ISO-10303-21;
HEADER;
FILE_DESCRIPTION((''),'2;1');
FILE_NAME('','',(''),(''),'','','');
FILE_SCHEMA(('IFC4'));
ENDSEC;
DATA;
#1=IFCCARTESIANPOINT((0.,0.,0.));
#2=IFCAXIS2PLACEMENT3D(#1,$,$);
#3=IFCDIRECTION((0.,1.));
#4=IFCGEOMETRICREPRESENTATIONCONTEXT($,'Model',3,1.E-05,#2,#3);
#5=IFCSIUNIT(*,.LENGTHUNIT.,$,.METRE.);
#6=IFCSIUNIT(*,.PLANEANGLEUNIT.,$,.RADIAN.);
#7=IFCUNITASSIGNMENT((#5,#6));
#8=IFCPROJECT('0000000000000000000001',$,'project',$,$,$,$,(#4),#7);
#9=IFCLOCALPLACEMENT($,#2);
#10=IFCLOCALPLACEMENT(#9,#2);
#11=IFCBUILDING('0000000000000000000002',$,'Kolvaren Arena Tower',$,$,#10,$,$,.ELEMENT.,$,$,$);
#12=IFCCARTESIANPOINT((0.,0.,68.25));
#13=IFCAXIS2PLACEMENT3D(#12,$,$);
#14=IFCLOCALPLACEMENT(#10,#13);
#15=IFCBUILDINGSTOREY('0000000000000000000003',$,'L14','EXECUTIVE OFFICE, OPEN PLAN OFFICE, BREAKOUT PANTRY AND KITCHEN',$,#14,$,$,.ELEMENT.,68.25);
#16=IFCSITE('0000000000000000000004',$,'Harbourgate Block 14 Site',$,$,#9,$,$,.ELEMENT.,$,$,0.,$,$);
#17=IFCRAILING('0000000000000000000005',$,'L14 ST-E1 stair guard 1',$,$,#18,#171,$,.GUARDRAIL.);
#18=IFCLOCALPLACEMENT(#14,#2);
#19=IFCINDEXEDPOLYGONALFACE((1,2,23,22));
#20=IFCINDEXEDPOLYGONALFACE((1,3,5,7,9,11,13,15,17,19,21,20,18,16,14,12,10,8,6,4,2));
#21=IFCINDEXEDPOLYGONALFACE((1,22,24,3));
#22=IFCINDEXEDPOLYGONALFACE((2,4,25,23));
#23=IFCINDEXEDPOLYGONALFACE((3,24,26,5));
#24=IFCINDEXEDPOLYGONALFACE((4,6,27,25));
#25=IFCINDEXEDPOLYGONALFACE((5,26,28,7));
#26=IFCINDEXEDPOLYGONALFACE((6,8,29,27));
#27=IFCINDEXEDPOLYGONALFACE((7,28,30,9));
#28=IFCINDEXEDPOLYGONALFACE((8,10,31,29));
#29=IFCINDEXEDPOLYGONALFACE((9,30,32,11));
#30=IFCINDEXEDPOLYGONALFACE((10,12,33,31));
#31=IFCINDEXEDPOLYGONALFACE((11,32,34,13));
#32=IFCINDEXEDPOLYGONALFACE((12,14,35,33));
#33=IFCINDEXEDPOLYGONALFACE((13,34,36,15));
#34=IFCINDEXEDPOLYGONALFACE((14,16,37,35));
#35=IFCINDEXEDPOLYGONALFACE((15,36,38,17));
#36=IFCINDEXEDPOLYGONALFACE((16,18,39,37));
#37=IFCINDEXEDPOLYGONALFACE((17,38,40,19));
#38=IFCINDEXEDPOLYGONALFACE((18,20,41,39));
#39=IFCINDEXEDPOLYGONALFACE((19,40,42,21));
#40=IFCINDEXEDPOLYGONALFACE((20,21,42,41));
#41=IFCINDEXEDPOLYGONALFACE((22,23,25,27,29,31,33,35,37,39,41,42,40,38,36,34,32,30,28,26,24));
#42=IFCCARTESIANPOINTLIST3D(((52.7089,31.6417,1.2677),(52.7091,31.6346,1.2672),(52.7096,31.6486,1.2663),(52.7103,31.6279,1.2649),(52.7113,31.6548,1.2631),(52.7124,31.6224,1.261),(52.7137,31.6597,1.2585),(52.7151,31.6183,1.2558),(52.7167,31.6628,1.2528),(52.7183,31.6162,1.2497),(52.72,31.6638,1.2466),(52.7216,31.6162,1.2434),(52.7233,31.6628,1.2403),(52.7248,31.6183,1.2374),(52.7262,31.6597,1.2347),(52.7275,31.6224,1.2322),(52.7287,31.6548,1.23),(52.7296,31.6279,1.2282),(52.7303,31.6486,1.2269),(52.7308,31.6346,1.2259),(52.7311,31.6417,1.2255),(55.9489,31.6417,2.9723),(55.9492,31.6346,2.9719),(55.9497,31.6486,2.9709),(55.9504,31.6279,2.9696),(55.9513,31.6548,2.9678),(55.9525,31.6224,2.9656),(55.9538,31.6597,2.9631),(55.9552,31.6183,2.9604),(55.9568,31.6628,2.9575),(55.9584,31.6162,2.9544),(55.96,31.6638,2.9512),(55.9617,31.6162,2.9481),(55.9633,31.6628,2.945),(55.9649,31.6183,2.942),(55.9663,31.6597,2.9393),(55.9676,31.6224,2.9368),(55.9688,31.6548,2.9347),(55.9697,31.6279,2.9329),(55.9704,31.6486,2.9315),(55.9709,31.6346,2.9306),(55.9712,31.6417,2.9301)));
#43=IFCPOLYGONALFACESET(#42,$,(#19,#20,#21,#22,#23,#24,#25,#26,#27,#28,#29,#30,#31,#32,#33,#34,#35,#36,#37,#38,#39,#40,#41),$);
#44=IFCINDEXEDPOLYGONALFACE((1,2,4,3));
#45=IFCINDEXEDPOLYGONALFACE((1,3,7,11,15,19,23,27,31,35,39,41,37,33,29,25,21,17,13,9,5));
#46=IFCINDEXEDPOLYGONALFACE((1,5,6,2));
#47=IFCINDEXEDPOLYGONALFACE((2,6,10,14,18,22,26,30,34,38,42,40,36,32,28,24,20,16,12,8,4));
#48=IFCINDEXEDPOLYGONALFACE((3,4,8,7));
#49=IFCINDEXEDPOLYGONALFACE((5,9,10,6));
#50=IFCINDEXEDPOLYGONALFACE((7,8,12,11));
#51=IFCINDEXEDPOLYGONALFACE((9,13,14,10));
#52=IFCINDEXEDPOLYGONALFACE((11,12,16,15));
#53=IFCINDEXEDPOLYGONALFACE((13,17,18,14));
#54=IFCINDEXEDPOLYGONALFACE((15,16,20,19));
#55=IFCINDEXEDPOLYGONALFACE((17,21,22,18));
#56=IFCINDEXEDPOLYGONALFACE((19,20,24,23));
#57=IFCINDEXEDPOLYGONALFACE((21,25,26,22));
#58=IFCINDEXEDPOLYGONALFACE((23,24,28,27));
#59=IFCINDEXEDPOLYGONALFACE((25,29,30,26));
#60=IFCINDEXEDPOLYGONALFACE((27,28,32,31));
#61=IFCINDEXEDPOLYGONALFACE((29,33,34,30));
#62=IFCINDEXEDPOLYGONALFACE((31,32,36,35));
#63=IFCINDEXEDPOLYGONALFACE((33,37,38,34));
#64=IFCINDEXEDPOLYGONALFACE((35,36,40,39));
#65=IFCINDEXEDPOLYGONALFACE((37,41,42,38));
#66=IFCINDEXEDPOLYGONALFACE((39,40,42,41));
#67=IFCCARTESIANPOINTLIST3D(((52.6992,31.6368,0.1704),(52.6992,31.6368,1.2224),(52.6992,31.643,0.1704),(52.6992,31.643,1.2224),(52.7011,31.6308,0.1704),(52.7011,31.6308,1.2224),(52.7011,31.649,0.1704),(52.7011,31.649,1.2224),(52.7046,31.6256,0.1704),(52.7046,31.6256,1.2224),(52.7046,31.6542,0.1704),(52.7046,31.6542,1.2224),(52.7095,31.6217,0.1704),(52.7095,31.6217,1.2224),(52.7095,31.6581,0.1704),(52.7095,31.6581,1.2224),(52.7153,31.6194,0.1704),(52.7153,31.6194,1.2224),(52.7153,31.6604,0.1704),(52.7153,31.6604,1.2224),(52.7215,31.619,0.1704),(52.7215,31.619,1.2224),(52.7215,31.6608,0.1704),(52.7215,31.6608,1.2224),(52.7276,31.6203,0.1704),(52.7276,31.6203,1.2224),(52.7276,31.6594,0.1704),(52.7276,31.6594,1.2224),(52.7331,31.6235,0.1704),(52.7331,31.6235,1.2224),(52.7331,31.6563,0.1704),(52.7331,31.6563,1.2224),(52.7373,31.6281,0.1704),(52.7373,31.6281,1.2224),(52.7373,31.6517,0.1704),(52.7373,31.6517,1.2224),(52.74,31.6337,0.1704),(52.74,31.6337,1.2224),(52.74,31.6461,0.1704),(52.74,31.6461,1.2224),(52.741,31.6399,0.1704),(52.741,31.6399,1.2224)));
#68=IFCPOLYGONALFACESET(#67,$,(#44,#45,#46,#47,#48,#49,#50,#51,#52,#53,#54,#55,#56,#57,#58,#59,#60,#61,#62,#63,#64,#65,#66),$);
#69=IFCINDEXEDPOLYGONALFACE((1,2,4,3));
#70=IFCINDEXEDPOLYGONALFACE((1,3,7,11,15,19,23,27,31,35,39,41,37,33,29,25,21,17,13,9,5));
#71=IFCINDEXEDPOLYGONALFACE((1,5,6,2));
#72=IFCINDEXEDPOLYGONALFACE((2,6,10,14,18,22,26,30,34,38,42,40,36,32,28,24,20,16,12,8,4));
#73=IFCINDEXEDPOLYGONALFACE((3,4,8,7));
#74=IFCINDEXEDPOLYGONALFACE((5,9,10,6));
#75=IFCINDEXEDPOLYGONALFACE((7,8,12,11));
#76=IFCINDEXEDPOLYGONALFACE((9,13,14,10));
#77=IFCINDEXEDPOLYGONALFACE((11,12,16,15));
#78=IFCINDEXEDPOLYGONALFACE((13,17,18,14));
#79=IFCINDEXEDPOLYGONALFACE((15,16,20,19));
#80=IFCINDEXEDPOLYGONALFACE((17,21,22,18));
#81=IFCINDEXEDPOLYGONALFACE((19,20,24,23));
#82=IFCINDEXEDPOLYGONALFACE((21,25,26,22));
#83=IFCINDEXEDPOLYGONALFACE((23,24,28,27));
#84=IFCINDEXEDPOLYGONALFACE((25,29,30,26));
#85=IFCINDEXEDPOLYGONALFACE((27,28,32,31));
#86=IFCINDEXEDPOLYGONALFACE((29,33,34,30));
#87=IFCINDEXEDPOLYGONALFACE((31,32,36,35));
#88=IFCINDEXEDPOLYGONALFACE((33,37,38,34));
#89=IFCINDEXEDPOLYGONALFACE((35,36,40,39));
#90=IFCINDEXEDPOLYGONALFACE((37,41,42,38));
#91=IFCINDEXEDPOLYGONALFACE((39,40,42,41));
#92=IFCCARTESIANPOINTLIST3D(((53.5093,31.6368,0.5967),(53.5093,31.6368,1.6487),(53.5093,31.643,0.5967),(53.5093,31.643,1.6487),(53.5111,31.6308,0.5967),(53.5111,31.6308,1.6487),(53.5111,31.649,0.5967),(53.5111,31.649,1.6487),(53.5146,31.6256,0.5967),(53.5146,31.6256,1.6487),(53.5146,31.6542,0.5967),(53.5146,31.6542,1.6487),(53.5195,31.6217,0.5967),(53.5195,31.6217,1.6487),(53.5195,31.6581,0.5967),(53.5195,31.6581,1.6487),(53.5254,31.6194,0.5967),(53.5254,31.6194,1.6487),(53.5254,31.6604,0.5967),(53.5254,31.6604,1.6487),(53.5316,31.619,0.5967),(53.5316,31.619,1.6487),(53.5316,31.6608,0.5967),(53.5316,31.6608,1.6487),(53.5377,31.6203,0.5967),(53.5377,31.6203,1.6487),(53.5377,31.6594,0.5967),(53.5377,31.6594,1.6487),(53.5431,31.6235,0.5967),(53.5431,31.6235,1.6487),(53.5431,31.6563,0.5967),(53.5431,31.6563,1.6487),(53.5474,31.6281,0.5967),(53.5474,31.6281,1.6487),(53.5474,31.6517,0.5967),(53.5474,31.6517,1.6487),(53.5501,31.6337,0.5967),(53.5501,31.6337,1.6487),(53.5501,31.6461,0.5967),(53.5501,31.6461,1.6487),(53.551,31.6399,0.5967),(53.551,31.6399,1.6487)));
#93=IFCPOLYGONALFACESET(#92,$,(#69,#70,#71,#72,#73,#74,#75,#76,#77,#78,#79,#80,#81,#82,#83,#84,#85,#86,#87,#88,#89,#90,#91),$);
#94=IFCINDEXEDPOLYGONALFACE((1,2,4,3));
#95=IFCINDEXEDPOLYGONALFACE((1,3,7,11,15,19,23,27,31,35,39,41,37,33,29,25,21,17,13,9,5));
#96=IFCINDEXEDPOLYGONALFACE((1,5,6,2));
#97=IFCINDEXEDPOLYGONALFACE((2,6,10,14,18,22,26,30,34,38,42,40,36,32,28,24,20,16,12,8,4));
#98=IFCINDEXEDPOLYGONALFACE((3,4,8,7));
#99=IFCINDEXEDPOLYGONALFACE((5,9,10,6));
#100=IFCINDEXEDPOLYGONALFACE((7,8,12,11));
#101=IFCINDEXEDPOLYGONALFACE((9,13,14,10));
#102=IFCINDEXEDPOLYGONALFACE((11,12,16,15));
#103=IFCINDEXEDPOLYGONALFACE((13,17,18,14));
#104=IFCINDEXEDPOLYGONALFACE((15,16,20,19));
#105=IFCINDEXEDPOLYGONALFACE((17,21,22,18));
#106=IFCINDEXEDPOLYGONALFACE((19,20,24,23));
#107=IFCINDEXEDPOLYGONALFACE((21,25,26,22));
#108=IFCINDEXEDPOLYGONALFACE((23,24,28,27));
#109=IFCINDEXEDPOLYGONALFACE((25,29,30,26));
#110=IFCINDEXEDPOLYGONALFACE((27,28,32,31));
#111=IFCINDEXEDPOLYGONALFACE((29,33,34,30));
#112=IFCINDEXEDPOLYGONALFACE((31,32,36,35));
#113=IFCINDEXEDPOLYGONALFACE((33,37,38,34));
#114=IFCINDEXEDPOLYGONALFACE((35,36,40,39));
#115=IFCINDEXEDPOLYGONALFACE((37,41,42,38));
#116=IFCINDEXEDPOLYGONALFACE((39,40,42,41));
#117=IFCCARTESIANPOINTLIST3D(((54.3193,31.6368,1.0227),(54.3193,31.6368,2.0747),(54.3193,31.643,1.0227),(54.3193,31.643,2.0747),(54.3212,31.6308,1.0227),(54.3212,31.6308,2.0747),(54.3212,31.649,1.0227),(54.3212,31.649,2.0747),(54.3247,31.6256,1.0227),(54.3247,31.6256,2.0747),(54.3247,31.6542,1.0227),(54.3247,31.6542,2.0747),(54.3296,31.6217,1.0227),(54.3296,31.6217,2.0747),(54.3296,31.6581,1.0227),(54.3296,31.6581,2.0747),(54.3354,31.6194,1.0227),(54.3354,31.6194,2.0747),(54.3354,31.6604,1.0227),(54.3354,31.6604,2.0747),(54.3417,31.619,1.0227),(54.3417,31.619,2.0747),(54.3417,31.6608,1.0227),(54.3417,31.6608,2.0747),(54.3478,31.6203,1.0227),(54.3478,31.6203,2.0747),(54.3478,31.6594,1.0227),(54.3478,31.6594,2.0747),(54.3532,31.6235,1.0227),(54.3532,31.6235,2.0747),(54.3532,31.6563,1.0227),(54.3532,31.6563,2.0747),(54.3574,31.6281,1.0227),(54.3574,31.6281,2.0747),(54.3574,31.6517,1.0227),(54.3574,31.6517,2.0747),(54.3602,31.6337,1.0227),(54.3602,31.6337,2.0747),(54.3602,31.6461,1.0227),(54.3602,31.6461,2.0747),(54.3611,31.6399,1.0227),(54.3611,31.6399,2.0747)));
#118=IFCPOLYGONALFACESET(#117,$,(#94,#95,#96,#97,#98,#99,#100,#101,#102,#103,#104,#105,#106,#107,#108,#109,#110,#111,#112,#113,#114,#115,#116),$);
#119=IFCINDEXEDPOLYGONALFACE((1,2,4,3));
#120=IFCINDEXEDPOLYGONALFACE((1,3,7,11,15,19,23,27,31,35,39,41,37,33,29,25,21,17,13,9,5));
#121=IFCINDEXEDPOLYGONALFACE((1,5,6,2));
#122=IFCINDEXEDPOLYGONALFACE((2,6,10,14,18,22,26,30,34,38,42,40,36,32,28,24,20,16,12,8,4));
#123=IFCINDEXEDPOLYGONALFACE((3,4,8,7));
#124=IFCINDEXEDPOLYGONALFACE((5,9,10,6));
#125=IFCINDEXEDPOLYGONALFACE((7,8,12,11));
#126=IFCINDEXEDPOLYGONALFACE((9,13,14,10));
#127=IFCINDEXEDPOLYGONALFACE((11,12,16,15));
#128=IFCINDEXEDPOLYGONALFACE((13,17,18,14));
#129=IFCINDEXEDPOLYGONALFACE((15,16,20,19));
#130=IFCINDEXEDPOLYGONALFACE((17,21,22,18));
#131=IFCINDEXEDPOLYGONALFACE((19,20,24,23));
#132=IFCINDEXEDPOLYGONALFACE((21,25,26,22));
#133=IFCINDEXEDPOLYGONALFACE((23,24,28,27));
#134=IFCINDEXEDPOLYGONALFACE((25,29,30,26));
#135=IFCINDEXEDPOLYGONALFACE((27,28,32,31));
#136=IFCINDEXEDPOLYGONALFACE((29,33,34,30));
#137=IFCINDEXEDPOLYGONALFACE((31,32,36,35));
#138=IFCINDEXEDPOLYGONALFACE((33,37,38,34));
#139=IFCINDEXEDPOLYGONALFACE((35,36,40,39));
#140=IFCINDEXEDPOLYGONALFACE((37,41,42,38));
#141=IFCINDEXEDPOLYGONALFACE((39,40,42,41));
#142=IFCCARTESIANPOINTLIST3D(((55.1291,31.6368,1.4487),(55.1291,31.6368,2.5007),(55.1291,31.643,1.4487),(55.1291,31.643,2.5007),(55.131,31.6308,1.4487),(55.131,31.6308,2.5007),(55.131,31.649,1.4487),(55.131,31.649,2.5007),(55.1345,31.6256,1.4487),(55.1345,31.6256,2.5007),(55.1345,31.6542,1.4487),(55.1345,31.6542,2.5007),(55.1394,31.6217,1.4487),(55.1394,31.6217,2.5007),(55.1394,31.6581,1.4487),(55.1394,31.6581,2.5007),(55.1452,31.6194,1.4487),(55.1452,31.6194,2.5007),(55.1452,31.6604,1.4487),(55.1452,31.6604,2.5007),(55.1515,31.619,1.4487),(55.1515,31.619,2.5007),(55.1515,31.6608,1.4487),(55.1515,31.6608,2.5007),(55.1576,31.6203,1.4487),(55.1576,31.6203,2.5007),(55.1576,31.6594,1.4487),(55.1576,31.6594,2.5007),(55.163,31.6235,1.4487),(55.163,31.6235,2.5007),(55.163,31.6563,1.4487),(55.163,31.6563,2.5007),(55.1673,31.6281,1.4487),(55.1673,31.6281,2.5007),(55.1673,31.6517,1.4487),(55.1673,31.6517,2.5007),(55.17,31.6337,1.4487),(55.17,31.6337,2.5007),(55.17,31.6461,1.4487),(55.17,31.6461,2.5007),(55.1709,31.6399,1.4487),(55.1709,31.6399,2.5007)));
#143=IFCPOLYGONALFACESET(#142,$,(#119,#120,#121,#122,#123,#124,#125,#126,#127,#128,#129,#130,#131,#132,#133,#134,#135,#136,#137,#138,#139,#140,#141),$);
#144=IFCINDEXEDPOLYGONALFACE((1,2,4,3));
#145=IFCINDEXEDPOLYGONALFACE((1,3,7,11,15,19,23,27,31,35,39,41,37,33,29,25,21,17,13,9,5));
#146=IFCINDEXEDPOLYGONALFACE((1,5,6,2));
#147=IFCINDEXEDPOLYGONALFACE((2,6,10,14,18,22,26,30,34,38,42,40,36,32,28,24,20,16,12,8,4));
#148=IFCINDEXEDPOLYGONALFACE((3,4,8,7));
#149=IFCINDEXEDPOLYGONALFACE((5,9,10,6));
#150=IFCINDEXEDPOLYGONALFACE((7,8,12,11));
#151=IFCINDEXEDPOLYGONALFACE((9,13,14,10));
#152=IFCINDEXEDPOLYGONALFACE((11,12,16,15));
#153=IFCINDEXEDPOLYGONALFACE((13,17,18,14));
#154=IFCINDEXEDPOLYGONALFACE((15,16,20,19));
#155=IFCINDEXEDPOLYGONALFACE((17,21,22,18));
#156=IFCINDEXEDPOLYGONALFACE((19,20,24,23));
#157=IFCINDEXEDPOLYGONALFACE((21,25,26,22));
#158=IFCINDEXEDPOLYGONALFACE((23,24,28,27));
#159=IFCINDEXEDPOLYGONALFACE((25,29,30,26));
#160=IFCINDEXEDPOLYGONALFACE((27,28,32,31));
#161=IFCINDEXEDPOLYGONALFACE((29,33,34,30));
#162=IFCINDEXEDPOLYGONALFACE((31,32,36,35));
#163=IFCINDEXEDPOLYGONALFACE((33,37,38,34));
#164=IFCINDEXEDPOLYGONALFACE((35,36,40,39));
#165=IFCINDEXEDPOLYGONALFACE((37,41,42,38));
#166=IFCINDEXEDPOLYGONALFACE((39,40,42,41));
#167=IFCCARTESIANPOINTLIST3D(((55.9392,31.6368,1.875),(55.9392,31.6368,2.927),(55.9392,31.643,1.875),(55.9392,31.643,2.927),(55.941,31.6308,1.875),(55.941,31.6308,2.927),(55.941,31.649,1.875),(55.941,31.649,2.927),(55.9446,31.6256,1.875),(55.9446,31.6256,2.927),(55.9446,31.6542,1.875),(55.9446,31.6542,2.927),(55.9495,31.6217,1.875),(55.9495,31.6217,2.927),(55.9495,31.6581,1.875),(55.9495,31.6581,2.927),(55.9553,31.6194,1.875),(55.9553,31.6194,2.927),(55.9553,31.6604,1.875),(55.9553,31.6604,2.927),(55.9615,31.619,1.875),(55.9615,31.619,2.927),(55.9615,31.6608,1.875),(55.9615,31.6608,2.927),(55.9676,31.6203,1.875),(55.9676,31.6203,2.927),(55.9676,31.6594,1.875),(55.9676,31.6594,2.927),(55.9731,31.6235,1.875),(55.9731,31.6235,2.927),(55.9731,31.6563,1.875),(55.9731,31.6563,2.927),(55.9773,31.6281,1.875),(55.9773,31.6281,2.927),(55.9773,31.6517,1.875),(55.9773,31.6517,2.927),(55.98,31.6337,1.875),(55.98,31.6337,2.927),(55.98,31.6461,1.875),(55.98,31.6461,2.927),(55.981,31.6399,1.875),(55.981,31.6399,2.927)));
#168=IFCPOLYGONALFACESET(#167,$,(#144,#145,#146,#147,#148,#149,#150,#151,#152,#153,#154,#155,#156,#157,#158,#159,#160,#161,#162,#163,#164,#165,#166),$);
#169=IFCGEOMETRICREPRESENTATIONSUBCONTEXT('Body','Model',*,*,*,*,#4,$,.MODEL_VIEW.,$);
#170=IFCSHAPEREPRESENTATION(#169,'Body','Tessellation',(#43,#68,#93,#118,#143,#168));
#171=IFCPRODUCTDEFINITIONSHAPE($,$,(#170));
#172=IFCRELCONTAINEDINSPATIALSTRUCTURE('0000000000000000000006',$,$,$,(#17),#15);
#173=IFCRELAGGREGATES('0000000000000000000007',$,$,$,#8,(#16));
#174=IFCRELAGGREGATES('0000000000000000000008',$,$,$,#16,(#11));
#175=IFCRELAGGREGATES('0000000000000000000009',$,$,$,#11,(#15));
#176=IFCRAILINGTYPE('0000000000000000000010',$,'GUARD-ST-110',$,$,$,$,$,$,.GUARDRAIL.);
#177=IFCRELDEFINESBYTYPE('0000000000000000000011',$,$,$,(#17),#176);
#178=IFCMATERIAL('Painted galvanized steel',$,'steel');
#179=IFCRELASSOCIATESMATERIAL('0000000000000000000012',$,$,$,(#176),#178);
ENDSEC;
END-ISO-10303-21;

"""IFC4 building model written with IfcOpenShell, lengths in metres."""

from ifc_helpers import new_model, si_unit, direction, frame, origin, origin_2d, place, context, subcontext, project, spatial, circle, extrude, material, type_object, element, save


model = new_model("IFC4")

# Units and contexts
model_context = context("Model", 3, precision=1e-05, world=origin(), true_north=direction((0.0, 1.0)))
body_context = subcontext(model_context, "Body", "Model", "MODEL_VIEW")
ifc_project = project(units=[si_unit("LENGTHUNIT", "METRE"), si_unit("PLANEANGLEUNIT", "RADIAN")], contexts=[model_context])

# Site, building, storey
site_placement = place(None, origin())
site = spatial("IfcSite", under=ifc_project, at=site_placement, Name="Harbourgate Block 14 Site", CompositionType="ELEMENT", RefElevation=0.0)
building_placement = place(site_placement, origin())
building = spatial("IfcBuilding", under=site, at=building_placement, Name="Kolvaren Arena Tower", CompositionType="ELEMENT")
storey_placement = place(building_placement, frame((0.0, 0.0, 68.25)))
storey = spatial("IfcBuildingStorey", under=building, at=storey_placement, Name="L14", Description="EXECUTIVE OFFICE, OPEN PLAN OFFICE, BREAKOUT PANTRY AND KITCHEN", CompositionType="ELEMENT", Elevation=68.25)

# Railing
ifc_material_1 = material(Name="Painted galvanized steel", Category="steel")
railing_type_1 = type_object("IfcRailingType", Name="GUARD-ST-110", PredefinedType="GUARDRAIL", material=ifc_material_1)
railing_1_placement = place(storey_placement, frame((52.72, 31.6399, 0.1704)))
element("IfcRailing", 1, at=railing_1_placement, inside=storey, type_object=railing_type_1, Name="L14 ST-E1 stair guard 1", PredefinedType="GUARDRAIL", context=body_context, shape_type="SweptSolid", body=[
    extrude(circle(Radius=0.0239, at=origin_2d()), frame((0.0, 0.0, 1.0762), z_axis=(0.884993, 0.0, 0.465604), x_axis=(0.0, 1.0, 0.0)), (0.0, 0.0, 1.0), 3.6611),
    extrude(circle(Radius=0.021, at=origin_2d()), origin(), (0.0, 0.0, 1.0), 1.052),
    extrude(circle(Radius=0.021, at=origin_2d()), frame((0.8101, 0.0, 0.4263)), (0.0, 0.0, 1.0), 1.052),
    extrude(circle(Radius=0.021, at=origin_2d()), frame((1.6201, 0.0, 0.8523)), (0.0, 0.0, 1.0), 1.052),
    extrude(circle(Radius=0.021, at=origin_2d()), frame((2.4299, 0.0, 1.2783)), (0.0, 0.0, 1.0), 1.052),
    extrude(circle(Radius=0.021, at=origin_2d()), frame((3.24, 0.0, 1.7046)), (0.0, 0.0, 1.0), 1.052),
])

save(model, "model.ifc")
